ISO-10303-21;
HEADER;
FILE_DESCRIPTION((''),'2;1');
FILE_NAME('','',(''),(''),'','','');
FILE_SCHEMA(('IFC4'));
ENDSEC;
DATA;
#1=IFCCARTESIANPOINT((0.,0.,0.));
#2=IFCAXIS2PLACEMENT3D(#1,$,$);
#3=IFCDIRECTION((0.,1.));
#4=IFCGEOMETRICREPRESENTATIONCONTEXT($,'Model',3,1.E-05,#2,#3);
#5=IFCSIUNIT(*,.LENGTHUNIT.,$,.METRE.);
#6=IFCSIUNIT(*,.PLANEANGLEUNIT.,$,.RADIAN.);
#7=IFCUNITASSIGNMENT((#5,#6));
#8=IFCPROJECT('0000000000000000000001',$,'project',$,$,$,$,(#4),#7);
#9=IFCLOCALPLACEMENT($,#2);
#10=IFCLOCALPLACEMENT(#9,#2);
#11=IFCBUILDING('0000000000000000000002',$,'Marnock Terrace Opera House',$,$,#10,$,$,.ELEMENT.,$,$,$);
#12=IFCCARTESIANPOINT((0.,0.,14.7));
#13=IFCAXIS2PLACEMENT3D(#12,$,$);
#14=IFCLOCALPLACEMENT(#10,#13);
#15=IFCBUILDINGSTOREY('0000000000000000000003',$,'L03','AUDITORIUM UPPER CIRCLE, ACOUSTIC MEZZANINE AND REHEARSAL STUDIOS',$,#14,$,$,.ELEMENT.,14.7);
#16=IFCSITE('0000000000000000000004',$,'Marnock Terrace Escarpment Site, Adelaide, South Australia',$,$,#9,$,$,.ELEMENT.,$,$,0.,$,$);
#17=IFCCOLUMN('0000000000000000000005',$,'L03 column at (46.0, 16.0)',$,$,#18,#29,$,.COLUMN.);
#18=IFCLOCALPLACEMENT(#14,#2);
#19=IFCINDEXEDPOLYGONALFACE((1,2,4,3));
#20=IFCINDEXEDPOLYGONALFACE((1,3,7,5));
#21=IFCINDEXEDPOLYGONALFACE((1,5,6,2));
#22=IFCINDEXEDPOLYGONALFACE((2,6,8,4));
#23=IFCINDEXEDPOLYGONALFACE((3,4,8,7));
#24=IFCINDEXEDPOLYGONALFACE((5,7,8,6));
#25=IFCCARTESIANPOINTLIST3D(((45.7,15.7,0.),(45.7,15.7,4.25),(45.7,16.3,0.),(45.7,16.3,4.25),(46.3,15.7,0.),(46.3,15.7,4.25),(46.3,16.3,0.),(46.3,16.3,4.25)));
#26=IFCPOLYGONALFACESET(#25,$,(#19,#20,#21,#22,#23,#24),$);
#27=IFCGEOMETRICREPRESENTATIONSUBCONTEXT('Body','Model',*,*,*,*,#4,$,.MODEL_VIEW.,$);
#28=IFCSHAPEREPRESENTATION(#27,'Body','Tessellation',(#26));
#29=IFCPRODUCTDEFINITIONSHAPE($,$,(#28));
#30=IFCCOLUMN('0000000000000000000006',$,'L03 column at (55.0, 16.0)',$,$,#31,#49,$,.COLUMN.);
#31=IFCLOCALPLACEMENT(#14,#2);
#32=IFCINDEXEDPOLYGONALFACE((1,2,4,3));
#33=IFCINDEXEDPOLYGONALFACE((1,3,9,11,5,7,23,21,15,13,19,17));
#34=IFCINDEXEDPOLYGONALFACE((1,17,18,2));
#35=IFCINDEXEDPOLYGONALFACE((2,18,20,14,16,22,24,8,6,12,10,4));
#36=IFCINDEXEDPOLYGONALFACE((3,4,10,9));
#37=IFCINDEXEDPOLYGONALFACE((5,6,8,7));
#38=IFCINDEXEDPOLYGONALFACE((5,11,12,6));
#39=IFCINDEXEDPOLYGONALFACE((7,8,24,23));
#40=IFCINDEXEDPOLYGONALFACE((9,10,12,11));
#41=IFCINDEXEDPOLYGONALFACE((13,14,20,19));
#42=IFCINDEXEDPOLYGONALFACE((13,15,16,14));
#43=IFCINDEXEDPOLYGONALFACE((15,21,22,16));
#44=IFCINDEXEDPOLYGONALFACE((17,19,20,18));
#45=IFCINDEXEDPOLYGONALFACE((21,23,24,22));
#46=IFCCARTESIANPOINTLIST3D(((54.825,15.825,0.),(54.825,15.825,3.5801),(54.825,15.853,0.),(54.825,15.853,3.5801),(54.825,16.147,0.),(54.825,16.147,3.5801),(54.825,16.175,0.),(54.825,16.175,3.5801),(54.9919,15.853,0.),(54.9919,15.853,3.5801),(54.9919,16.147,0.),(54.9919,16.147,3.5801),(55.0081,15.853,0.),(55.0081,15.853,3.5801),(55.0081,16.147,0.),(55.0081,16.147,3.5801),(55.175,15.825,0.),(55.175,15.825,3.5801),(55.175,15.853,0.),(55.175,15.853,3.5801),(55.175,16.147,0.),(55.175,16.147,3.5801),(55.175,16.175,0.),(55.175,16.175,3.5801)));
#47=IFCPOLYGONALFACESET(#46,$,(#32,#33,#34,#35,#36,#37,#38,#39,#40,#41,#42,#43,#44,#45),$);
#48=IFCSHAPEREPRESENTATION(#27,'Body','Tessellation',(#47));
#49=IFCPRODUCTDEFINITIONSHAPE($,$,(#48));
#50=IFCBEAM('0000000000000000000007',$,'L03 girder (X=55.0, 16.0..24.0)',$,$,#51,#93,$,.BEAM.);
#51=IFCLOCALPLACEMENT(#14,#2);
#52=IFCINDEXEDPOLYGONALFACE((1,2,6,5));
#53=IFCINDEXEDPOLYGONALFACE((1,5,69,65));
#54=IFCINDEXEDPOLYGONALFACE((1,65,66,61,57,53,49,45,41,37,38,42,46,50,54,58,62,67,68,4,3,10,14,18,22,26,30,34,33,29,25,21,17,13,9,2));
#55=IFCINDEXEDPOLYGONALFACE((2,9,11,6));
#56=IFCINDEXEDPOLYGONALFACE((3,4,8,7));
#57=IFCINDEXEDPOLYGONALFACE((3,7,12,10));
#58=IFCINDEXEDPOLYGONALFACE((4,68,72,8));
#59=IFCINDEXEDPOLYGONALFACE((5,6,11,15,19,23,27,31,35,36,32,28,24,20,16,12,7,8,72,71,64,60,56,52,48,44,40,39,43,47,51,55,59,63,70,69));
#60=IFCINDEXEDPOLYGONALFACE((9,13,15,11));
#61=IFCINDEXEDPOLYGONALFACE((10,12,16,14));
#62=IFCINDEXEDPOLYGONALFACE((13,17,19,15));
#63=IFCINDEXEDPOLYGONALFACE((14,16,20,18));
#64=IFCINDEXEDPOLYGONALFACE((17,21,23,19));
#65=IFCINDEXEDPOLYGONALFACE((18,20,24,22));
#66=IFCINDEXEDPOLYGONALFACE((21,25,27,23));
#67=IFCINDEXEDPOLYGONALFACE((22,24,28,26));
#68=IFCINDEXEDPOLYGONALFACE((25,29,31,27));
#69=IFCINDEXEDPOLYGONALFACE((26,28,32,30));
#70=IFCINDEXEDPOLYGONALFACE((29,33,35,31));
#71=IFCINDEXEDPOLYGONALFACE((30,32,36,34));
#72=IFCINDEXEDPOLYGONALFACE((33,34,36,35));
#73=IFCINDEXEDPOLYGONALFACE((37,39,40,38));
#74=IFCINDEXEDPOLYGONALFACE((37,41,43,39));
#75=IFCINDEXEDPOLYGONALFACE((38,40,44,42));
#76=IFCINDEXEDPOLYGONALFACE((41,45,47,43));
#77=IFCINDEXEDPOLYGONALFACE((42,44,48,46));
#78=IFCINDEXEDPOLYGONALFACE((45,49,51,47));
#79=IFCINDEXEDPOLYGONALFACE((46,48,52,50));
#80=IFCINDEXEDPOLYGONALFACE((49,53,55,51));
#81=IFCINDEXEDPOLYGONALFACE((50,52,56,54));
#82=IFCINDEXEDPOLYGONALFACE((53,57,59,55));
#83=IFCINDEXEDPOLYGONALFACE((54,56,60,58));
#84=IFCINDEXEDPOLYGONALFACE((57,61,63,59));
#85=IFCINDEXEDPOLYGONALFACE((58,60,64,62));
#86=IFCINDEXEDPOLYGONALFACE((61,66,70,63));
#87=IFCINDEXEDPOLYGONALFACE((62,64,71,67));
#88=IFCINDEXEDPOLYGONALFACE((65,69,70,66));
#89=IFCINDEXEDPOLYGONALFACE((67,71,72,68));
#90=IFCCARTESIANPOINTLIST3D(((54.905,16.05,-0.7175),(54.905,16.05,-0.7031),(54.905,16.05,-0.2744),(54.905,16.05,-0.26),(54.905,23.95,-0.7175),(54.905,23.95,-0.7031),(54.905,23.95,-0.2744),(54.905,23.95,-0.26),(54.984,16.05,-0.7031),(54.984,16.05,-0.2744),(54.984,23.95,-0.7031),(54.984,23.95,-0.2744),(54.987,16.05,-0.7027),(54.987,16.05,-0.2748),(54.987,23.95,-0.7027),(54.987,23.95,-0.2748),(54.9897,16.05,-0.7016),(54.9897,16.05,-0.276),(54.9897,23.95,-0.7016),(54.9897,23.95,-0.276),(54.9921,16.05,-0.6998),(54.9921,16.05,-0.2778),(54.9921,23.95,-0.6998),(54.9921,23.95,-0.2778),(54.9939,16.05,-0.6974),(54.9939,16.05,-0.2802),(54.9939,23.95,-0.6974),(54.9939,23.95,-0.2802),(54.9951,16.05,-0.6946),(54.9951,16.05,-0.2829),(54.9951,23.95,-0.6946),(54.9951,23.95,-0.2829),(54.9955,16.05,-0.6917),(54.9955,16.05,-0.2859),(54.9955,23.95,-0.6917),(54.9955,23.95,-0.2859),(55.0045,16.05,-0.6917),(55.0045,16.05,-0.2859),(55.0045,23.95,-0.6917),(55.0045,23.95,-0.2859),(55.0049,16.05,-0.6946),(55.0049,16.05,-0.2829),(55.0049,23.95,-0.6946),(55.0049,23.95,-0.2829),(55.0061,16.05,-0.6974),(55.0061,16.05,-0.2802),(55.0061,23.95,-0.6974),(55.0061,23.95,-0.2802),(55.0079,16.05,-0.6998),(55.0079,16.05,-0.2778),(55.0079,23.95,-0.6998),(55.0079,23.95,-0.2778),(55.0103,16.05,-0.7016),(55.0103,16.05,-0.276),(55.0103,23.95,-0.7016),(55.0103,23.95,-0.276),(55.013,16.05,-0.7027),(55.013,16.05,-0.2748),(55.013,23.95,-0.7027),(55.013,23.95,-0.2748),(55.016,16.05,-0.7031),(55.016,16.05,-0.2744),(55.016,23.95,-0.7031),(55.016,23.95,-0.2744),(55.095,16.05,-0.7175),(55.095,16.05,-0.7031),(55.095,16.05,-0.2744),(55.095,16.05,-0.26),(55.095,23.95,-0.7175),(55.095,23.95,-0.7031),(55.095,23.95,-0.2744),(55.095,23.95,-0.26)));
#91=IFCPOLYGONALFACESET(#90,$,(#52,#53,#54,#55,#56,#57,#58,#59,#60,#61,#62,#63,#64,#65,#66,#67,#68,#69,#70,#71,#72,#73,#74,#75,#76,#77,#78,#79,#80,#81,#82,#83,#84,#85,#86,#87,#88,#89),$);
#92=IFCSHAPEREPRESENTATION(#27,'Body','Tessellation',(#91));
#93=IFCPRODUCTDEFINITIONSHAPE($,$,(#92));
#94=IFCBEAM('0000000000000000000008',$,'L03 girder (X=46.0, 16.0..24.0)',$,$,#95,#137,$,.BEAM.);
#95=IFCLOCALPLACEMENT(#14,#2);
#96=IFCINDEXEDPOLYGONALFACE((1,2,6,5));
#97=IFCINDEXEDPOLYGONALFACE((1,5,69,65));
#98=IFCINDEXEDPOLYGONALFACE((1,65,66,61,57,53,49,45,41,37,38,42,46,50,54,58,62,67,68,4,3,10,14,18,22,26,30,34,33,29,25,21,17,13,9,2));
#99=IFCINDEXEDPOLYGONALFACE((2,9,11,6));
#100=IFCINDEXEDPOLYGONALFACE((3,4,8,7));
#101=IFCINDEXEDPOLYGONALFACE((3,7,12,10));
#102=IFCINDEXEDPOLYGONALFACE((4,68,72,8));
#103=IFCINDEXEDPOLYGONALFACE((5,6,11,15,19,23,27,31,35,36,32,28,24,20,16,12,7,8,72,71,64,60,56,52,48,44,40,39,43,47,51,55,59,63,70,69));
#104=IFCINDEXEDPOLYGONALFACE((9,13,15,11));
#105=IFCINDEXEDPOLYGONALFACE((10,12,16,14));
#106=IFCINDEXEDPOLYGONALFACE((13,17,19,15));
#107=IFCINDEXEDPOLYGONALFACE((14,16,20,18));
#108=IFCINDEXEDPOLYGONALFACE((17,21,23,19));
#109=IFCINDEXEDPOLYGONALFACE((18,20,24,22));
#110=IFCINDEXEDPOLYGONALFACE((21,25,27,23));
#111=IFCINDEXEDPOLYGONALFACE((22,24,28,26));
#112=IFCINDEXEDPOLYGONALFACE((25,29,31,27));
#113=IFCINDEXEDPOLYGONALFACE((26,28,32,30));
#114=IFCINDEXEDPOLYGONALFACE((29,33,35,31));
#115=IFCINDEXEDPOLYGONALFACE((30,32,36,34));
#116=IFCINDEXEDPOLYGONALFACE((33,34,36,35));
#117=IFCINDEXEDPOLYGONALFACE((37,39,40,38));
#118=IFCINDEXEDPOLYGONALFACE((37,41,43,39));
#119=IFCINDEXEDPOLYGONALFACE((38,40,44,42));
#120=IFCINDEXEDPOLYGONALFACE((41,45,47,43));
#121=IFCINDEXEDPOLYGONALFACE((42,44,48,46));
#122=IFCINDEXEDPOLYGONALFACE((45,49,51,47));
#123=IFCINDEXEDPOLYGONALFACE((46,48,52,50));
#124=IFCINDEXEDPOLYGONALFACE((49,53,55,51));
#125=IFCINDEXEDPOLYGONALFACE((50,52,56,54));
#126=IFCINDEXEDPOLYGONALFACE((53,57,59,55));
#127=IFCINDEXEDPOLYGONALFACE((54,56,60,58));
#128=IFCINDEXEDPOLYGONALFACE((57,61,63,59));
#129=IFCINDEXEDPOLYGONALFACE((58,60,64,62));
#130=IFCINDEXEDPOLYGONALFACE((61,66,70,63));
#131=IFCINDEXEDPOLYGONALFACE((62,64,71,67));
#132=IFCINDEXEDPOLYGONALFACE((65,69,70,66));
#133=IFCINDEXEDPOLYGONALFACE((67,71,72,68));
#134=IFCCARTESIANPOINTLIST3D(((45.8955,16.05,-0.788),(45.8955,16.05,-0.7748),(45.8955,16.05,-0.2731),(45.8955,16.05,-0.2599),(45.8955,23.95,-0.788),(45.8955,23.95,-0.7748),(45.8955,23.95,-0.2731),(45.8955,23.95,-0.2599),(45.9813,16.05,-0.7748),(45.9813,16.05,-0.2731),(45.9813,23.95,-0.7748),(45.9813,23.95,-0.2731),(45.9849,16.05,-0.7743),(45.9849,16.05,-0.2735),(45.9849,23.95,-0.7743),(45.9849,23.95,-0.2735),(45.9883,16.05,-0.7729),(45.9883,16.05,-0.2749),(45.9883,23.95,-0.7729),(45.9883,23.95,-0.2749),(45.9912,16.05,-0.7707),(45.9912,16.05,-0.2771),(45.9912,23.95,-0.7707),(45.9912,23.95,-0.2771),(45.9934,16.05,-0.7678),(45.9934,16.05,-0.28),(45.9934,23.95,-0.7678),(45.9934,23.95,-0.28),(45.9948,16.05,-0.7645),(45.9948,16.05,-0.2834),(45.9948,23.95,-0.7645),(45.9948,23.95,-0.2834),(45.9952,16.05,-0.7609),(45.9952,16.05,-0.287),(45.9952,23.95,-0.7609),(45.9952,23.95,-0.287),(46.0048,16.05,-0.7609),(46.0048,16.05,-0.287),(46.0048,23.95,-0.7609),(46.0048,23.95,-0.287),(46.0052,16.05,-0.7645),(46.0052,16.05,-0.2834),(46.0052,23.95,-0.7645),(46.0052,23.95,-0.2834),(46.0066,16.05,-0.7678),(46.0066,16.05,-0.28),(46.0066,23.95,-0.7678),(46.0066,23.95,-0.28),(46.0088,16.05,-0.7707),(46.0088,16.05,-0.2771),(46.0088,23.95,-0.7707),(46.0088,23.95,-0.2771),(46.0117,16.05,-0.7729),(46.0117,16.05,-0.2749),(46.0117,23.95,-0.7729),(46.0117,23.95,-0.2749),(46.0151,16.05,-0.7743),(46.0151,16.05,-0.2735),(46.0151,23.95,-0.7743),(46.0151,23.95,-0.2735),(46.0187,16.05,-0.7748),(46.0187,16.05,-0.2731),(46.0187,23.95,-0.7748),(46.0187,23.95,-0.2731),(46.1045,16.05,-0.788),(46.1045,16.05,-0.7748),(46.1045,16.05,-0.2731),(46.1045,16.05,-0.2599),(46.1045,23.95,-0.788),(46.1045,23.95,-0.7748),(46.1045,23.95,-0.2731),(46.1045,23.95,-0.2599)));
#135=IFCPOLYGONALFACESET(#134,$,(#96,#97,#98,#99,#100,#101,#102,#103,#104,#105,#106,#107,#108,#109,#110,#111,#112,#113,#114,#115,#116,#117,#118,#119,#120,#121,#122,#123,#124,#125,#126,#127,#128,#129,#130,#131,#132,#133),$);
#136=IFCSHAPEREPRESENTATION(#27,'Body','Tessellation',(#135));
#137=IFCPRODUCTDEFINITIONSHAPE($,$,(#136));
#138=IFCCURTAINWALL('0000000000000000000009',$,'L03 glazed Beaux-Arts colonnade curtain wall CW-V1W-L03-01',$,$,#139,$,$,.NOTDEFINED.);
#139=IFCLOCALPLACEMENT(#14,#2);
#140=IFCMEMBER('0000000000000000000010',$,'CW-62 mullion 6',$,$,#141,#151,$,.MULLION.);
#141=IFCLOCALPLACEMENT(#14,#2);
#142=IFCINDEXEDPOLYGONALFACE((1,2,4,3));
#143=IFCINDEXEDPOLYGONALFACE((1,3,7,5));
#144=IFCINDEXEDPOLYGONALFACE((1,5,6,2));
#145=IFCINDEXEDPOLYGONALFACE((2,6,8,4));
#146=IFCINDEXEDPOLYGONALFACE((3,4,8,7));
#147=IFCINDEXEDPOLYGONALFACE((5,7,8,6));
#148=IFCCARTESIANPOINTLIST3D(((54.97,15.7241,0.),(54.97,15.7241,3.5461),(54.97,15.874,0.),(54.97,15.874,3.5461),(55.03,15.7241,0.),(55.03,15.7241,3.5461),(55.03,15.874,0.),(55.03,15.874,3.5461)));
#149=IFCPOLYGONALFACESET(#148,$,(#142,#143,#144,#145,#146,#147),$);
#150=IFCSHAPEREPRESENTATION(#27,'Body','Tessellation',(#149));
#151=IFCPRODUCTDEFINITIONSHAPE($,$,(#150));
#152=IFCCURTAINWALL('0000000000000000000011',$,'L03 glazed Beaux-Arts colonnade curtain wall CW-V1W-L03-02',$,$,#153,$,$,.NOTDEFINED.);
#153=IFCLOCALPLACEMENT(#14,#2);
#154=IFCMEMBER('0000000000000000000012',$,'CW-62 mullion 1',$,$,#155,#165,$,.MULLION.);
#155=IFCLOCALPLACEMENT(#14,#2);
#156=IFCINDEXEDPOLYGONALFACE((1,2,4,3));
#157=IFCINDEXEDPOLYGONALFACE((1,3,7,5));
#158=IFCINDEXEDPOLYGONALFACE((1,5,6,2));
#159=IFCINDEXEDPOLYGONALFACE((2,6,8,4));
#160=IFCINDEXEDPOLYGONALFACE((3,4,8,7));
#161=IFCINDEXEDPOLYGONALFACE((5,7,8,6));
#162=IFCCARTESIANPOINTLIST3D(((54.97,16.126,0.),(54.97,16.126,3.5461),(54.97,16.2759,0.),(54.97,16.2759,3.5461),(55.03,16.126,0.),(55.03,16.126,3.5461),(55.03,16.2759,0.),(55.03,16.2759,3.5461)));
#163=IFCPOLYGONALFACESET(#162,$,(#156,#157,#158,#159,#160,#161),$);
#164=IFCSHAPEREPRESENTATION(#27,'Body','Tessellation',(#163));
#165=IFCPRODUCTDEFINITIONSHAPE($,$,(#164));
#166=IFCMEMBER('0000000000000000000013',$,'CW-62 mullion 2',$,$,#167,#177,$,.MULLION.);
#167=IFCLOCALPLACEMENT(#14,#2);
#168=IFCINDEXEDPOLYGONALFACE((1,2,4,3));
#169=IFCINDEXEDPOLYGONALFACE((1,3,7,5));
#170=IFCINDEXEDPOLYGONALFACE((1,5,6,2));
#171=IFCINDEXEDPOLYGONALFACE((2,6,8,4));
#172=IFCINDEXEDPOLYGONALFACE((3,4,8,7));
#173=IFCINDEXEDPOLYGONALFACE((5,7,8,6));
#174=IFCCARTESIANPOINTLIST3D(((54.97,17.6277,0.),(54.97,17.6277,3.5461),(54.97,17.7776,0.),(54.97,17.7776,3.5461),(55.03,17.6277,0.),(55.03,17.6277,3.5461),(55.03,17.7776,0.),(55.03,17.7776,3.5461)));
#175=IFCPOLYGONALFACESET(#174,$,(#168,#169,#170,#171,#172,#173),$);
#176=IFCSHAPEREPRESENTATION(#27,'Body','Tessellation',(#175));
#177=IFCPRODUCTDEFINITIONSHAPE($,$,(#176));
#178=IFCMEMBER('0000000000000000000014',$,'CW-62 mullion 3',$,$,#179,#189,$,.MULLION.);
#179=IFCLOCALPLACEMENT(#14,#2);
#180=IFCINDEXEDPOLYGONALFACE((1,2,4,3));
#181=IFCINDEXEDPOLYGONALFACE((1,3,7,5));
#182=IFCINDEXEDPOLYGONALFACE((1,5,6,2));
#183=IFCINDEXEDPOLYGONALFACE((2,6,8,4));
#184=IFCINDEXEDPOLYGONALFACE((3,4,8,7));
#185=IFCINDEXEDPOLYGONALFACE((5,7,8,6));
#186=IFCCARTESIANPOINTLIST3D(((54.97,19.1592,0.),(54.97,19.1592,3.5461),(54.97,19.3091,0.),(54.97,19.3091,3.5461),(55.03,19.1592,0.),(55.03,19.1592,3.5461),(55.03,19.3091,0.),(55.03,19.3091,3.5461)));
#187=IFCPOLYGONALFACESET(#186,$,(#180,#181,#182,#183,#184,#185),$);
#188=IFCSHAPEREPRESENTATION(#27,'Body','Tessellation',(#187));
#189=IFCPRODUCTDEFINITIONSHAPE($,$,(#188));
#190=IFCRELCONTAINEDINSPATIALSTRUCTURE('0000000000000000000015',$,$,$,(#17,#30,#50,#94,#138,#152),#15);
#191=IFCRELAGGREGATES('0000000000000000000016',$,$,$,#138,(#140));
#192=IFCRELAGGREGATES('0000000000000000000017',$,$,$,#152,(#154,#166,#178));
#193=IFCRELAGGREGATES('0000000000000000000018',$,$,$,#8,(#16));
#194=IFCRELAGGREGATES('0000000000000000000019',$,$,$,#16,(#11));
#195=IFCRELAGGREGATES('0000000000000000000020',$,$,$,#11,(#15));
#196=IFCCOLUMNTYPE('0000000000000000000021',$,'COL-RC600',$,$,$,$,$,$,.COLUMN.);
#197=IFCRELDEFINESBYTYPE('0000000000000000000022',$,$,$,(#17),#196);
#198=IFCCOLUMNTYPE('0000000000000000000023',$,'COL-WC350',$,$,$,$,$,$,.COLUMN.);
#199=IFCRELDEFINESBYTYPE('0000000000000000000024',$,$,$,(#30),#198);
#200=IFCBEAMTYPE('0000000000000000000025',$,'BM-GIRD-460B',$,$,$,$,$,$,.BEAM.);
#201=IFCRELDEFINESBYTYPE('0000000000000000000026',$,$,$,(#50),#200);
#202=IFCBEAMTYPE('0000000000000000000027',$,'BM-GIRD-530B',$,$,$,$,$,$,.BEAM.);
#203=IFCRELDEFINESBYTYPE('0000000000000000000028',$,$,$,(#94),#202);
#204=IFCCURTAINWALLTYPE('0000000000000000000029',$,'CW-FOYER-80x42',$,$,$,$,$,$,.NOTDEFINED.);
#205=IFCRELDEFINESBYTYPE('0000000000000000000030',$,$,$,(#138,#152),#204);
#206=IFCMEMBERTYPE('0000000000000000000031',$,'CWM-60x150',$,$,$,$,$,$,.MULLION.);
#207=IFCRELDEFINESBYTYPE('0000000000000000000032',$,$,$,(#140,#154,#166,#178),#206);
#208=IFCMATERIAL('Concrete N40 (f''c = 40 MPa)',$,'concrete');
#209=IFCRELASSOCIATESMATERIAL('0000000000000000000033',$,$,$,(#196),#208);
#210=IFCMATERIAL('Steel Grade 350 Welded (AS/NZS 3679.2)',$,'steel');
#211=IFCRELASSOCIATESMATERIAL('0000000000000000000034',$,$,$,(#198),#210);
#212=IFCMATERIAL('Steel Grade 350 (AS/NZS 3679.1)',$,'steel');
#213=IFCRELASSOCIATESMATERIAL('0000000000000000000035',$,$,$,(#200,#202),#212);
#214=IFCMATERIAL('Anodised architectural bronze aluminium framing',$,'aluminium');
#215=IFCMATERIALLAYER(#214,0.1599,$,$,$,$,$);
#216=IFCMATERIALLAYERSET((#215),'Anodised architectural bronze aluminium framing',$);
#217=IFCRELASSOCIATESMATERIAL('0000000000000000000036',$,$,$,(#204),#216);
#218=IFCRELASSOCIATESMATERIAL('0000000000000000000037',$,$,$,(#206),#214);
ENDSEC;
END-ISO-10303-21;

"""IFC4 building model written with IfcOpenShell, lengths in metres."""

from ifc_helpers import new_model, si_unit, direction, frame, origin, origin_2d, place, context, subcontext, project, spatial, rectangle, i_section, extrude, material, layer, layer_set, material_profile, profile_set, type_object, element, aggregate, save


model = new_model("IFC4")

# Units and contexts
model_context = context("Model", 3, precision=1e-05, world=origin(), true_north=direction((0.0, 1.0)))
body_context = subcontext(model_context, "Body", "Model", "MODEL_VIEW")
ifc_project = project(units=[si_unit("LENGTHUNIT", "METRE"), si_unit("PLANEANGLEUNIT", "RADIAN")], contexts=[model_context])

# Site, building, storey
site_placement = place(None, origin())
site = spatial("IfcSite", under=ifc_project, at=site_placement, Name="Marnock Terrace Escarpment Site, Adelaide, South Australia", CompositionType="ELEMENT", RefElevation=0.0)
building_placement = place(site_placement, origin())
building = spatial("IfcBuilding", under=site, at=building_placement, Name="Marnock Terrace Opera House", CompositionType="ELEMENT")
storey_placement = place(building_placement, frame((0.0, 0.0, 14.7)))
storey = spatial("IfcBuildingStorey", under=building, at=storey_placement, Name="L03", Description="AUDITORIUM UPPER CIRCLE, ACOUSTIC MEZZANINE AND REHEARSAL STUDIOS", CompositionType="ELEMENT", Elevation=14.7)

# Columns
ifc_material_1 = material(Name="Concrete N40 (f'c = 40 MPa)", Category="concrete")
ifc_material_profile_1 = material_profile(ifc_material_1, rectangle(XDim=0.6001, YDim=0.6001, at=origin_2d()))
ifc_profile_set_1 = profile_set([ifc_material_profile_1], Name="Concrete N40 (f'c = 40 MPa)")
column_type_1 = type_object("IfcColumnType", Name="COL-RC600", PredefinedType="COLUMN", material=ifc_profile_set_1)
column_1_placement = place(storey_placement, frame((46.0, 16.0, 0.0), z_axis=(0.0, 0.0, 1.0), x_axis=(1.0, 0.0, 0.0)))
element("IfcColumn", 1, at=column_1_placement, inside=storey, type_object=column_type_1, Name="L03 column at (46.0, 16.0)", PredefinedType="COLUMN", context=body_context, shape_type="SweptSolid", body=[
    extrude(rectangle(XDim=0.6001, YDim=0.6001, at=origin_2d()), origin(), (0.0, 0.0, 1.0), 4.25),
])
ifc_material_2 = material(Name="Steel Grade 350 Welded (AS/NZS 3679.2)", Category="steel")
ifc_material_profile_2 = material_profile(ifc_material_2, i_section(OverallWidth=0.3501, OverallDepth=0.3501, WebThickness=0.0161, FlangeThickness=0.0281, at=origin_2d()))
ifc_profile_set_2 = profile_set([ifc_material_profile_2], Name="Steel Grade 350 Welded (AS/NZS 3679.2)")
column_type_2 = type_object("IfcColumnType", Name="COL-WC350", PredefinedType="COLUMN", material=ifc_profile_set_2)
column_2_placement = place(storey_placement, frame((55.0, 16.0, 0.0), z_axis=(0.0, 0.0, 1.0), x_axis=(1.0, 0.0, 0.0)))
element("IfcColumn", 2, at=column_2_placement, inside=storey, type_object=column_type_2, Name="L03 column at (55.0, 16.0)", PredefinedType="COLUMN", context=body_context, shape_type="SweptSolid", body=[
    extrude(i_section(OverallWidth=0.3501, OverallDepth=0.3501, WebThickness=0.0161, FlangeThickness=0.0281, at=origin_2d()), origin(), (0.0, 0.0, 1.0), 3.5801),
])

# Beams
ifc_material_3 = material(Name="Steel Grade 350 (AS/NZS 3679.1)", Category="steel")
ifc_material_profile_3 = material_profile(ifc_material_3, i_section(OverallWidth=0.1899, OverallDepth=0.4575, WebThickness=0.009, FlangeThickness=0.0144, FilletRadius=0.0115, at=origin_2d()))
ifc_profile_set_3 = profile_set([ifc_material_profile_3], Name="Steel Grade 350 (AS/NZS 3679.1)")
beam_type_1 = type_object("IfcBeamType", Name="BM-GIRD-460B", PredefinedType="BEAM", material=ifc_profile_set_3)
beam_1_placement = place(storey_placement, frame((55.0, 16.05, -0.4888), z_axis=(0.0, 1.0, 0.0), x_axis=(-1.0, 0.0, 0.0)))
element("IfcBeam", 3, at=beam_1_placement, inside=storey, type_object=beam_type_1, Name="L03 girder (X=55.0, 16.0..24.0)", PredefinedType="BEAM", context=body_context, shape_type="SweptSolid", body=[
    extrude(i_section(OverallWidth=0.1899, OverallDepth=0.4575, WebThickness=0.009, FlangeThickness=0.0144, FilletRadius=0.0115, at=origin_2d()), origin(), (0.0, 0.0, 1.0), 7.8999),
])
ifc_material_profile_4 = material_profile(ifc_material_3, i_section(OverallWidth=0.209, OverallDepth=0.5281, WebThickness=0.0095, FlangeThickness=0.0132, FilletRadius=0.0139, at=origin_2d()))
ifc_profile_set_4 = profile_set([ifc_material_profile_4], Name="Steel Grade 350 (AS/NZS 3679.1)")
beam_type_2 = type_object("IfcBeamType", Name="BM-GIRD-530B", PredefinedType="BEAM", material=ifc_profile_set_4)
beam_2_placement = place(storey_placement, frame((46.0, 16.05, -0.5239), z_axis=(0.0, 1.0, 0.0), x_axis=(-1.0, 0.0, 0.0)))
element("IfcBeam", 4, at=beam_2_placement, inside=storey, type_object=beam_type_2, Name="L03 girder (X=46.0, 16.0..24.0)", PredefinedType="BEAM", context=body_context, shape_type="SweptSolid", body=[
    extrude(i_section(OverallWidth=0.209, OverallDepth=0.5281, WebThickness=0.0095, FlangeThickness=0.0132, FilletRadius=0.0139, at=origin_2d()), origin(), (0.0, 0.0, 1.0), 7.8999),
])

# Curtain wall, member
ifc_material_4 = material(Name="Anodised architectural bronze aluminium framing", Category="aluminium")
ifc_layer_1 = layer(ifc_material_4, 0.1599)
ifc_layer_set_1 = layer_set([ifc_layer_1], Name="Anodised architectural bronze aluminium framing")
curtain_wall_type_1 = type_object("IfcCurtainWallType", Name="CW-FOYER-80x42", PredefinedType="NOTDEFINED", material=ifc_layer_set_1)
curtain_wall_1_placement = place(storey_placement, origin())
curtain_wall_1 = element("IfcCurtainWall", 5, at=curtain_wall_1_placement, inside=storey, type_object=curtain_wall_type_1, Name="L03 glazed Beaux-Arts colonnade curtain wall CW-V1W-L03-01", PredefinedType="NOTDEFINED")
ifc_material_profile_5 = material_profile(ifc_material_4, rectangle(XDim=0.0601, YDim=0.1499, at=origin_2d()))
ifc_profile_set_5 = profile_set([ifc_material_profile_5], Name="Anodised architectural bronze aluminium framing")
member_type_1 = type_object("IfcMemberType", Name="CWM-60x150", PredefinedType="MULLION", material=ifc_profile_set_5)
member_1_placement = place(storey_placement, frame((55.0, 15.7991, 0.0), z_axis=(0.0, 0.0, 1.0), x_axis=(-1.0, 0.0, 0.0)))
member_1 = element("IfcMember", 6, at=member_1_placement, type_object=member_type_1, Name="CW-62 mullion 6", PredefinedType="MULLION", context=body_context, shape_type="SweptSolid", body=[
    extrude(rectangle(XDim=0.0601, YDim=0.1499, at=origin_2d()), origin(), (0.0, 0.0, 1.0), 3.5461),
])
aggregate(curtain_wall_1, [member_1])

# Curtain wall, members
curtain_wall_2_placement = place(storey_placement, origin())
curtain_wall_2 = element("IfcCurtainWall", 7, at=curtain_wall_2_placement, inside=storey, type_object=curtain_wall_type_1, Name="L03 glazed Beaux-Arts colonnade curtain wall CW-V1W-L03-02", PredefinedType="NOTDEFINED")
member_2_placement = place(storey_placement, frame((55.0, 16.2009, 0.0), z_axis=(0.0, 0.0, 1.0), x_axis=(-1.0, 0.0, 0.0)))
member_2 = element("IfcMember", 8, at=member_2_placement, type_object=member_type_1, Name="CW-62 mullion 1", PredefinedType="MULLION", context=body_context, shape_type="SweptSolid", body=[
    extrude(rectangle(XDim=0.0601, YDim=0.1499, at=origin_2d()), origin(), (0.0, 0.0, 1.0), 3.5461),
])
member_3_placement = place(storey_placement, frame((55.0, 17.7026, 0.0), z_axis=(0.0, 0.0, 1.0), x_axis=(-1.0, 0.0, 0.0)))
member_3 = element("IfcMember", 9, at=member_3_placement, type_object=member_type_1, Name="CW-62 mullion 2", PredefinedType="MULLION", context=body_context, shape_type="SweptSolid", body=[
    extrude(rectangle(XDim=0.0601, YDim=0.1499, at=origin_2d()), origin(), (0.0, 0.0, 1.0), 3.5461),
])
member_4_placement = place(storey_placement, frame((55.0, 19.2341, 0.0), z_axis=(0.0, 0.0, 1.0), x_axis=(-1.0, 0.0, 0.0)))
member_4 = element("IfcMember", 10, at=member_4_placement, type_object=member_type_1, Name="CW-62 mullion 3", PredefinedType="MULLION", context=body_context, shape_type="SweptSolid", body=[
    extrude(rectangle(XDim=0.0601, YDim=0.1499, at=origin_2d()), origin(), (0.0, 0.0, 1.0), 3.5461),
])

aggregate(curtain_wall_2, [member_2, member_3, member_4])

save(model, "model.ifc")
